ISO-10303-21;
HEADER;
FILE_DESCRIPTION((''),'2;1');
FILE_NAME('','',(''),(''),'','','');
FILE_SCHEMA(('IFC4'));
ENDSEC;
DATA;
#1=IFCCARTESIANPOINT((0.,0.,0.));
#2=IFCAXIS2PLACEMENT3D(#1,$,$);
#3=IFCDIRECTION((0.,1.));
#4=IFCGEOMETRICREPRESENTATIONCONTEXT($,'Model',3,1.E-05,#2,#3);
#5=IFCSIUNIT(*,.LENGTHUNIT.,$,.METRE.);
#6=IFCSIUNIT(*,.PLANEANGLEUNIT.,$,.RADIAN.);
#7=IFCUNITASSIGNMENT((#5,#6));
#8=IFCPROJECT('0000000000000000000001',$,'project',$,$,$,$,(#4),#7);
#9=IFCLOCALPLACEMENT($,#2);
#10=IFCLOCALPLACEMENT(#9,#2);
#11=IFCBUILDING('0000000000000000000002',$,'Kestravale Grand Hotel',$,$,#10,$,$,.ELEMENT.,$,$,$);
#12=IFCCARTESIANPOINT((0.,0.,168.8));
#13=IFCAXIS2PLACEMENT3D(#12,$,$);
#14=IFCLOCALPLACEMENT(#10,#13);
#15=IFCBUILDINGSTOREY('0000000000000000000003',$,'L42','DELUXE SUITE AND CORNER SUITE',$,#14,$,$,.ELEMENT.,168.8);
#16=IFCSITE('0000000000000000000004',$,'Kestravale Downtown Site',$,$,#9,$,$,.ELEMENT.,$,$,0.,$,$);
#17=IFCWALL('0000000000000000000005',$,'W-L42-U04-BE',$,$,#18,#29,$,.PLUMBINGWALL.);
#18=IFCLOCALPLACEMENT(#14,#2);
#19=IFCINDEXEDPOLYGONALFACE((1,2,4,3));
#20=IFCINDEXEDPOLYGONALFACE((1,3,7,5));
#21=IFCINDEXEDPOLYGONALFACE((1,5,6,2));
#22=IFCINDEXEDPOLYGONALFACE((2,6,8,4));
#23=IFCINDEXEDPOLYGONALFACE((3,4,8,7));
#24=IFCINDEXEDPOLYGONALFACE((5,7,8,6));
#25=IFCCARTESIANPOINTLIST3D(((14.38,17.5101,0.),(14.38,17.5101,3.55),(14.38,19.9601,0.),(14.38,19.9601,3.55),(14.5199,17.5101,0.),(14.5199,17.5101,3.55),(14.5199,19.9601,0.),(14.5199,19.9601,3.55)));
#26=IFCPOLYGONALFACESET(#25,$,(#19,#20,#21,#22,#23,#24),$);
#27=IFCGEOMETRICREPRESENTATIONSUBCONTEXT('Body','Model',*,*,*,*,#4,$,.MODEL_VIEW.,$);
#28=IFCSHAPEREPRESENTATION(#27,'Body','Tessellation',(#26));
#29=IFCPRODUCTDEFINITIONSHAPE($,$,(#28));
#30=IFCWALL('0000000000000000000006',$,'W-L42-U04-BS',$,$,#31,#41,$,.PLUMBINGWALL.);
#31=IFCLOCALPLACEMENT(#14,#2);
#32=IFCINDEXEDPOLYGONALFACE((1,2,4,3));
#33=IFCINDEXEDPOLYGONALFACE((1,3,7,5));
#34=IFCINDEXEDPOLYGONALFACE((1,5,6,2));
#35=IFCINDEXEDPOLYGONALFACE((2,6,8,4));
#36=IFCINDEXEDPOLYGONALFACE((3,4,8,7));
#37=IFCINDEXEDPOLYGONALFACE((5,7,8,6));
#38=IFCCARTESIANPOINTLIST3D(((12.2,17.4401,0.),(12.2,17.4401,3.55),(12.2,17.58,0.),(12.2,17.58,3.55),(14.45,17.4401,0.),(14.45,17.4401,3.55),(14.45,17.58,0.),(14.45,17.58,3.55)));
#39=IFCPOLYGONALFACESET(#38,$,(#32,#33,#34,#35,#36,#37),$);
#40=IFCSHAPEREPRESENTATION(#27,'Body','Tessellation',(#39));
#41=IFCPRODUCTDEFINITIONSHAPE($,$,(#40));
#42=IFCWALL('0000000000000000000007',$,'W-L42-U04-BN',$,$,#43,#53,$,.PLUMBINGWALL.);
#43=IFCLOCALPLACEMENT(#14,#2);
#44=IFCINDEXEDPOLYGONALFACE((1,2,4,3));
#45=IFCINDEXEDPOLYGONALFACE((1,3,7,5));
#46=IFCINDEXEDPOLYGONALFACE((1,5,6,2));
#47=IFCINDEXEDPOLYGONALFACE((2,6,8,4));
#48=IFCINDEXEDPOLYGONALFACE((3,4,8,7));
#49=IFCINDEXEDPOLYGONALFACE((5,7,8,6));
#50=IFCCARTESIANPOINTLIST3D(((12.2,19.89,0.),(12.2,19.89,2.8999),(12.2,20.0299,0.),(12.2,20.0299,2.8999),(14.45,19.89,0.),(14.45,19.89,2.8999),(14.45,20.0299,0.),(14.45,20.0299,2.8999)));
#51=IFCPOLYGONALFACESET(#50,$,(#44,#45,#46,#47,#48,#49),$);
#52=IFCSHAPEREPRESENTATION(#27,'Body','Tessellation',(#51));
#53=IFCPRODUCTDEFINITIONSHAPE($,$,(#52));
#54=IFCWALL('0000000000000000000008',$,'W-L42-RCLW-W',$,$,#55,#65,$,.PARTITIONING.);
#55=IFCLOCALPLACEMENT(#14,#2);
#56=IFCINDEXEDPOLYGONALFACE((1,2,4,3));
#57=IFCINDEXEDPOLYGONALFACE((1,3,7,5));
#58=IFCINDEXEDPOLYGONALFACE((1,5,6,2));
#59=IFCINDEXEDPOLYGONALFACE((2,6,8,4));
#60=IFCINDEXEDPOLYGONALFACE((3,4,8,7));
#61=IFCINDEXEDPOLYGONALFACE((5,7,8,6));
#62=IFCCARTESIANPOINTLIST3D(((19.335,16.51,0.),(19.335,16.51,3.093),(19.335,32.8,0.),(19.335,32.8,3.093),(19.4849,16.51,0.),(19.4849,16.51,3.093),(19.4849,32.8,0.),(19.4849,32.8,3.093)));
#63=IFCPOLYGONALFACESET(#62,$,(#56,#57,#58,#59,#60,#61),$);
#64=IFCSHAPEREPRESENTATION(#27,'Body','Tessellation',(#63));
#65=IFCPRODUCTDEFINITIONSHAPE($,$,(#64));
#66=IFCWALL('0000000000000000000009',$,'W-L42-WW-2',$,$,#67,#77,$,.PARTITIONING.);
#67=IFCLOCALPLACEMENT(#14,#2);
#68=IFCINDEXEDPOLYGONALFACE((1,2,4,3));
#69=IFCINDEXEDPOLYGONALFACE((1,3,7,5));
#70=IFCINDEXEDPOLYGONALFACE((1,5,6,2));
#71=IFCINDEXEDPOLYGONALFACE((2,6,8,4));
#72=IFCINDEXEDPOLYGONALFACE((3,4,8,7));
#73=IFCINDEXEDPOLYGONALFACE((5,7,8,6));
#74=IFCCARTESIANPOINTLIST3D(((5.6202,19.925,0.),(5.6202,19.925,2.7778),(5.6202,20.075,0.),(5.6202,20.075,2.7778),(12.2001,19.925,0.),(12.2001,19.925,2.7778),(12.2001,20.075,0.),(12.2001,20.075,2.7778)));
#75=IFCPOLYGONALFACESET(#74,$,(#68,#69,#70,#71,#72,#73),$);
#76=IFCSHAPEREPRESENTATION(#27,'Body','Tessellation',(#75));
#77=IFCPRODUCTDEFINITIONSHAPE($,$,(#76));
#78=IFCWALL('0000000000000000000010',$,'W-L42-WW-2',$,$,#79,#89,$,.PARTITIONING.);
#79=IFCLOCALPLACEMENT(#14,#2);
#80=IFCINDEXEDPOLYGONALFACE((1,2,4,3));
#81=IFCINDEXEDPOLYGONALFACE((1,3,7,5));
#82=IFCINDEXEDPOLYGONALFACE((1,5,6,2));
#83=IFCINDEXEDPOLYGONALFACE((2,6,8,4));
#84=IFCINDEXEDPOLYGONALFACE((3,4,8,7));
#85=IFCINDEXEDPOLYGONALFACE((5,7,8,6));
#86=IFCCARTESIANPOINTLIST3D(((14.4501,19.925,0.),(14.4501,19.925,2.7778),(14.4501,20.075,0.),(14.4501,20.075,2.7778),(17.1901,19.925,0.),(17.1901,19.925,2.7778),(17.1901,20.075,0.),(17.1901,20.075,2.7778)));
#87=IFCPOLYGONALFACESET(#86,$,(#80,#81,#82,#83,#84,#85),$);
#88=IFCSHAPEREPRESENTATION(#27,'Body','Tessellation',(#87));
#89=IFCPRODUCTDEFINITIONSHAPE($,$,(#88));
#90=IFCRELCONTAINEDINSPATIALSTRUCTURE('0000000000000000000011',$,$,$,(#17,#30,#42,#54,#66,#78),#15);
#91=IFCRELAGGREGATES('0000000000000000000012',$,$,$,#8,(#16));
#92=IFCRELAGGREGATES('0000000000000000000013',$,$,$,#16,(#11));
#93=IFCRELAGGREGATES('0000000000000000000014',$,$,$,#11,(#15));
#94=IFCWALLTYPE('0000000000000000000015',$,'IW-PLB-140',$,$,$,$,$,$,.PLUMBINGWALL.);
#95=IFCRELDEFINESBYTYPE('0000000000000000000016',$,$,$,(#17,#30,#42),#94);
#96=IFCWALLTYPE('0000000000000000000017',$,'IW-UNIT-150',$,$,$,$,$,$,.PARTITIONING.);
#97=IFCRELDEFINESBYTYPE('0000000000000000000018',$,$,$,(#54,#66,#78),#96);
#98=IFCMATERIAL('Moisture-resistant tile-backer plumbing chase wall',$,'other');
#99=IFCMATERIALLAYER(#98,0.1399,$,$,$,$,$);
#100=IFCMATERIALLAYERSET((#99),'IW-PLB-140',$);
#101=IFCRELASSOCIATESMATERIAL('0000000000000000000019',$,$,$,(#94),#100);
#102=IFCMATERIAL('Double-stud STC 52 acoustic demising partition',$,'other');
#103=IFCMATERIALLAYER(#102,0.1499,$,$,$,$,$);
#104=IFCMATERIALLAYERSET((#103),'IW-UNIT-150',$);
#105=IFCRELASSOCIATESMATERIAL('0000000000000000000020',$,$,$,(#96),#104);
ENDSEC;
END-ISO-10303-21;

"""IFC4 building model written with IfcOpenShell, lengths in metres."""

from ifc_helpers import new_model, si_unit, direction, frame, frame_2d, origin, place, context, subcontext, project, spatial, rectangle, extrude, material, layer, layer_set, type_object, element, save


model = new_model("IFC4")

# Units and contexts
model_context = context("Model", 3, precision=1e-05, world=origin(), true_north=direction((0.0, 1.0)))
body_context = subcontext(model_context, "Body", "Model", "MODEL_VIEW")
ifc_project = project(units=[si_unit("LENGTHUNIT", "METRE"), si_unit("PLANEANGLEUNIT", "RADIAN")], contexts=[model_context])

# Site, building, storey
site_placement = place(None, origin())
site = spatial("IfcSite", under=ifc_project, at=site_placement, Name="Kestravale Downtown Site", CompositionType="ELEMENT", RefElevation=0.0)
building_placement = place(site_placement, origin())
building = spatial("IfcBuilding", under=site, at=building_placement, Name="Kestravale Grand Hotel", CompositionType="ELEMENT")
storey_placement = place(building_placement, frame((0.0, 0.0, 168.8)))
storey = spatial("IfcBuildingStorey", under=building, at=storey_placement, Name="L42", Description="DELUXE SUITE AND CORNER SUITE", CompositionType="ELEMENT", Elevation=168.8)

# Shared definitions
ifc_material_1 = material(Name="Moisture-resistant tile-backer plumbing chase wall", Category="other")
ifc_layer_1 = layer(ifc_material_1, 0.1399)
ifc_layer_set_1 = layer_set([ifc_layer_1], Name="IW-PLB-140")
wall_type_1 = type_object("IfcWallType", Name="IW-PLB-140", PredefinedType="PLUMBINGWALL", material=ifc_layer_set_1)

# Walls
wall_1_placement = place(storey_placement, frame((14.45, 17.51, 0.0), z_axis=(0.0, 0.0, 1.0), x_axis=(0.0, 1.0, 0.0)))
element("IfcWall", 1, at=wall_1_placement, inside=storey, type_object=wall_type_1, Name="W-L42-U04-BE", PredefinedType="PLUMBINGWALL", context=body_context, shape_type="SweptSolid", body=[
    extrude(rectangle(XDim=2.45, YDim=0.1399, at=frame_2d((1.2251, 0.0))), origin(), (0.0, 0.0, 1.0), 3.55),
])
wall_2_placement = place(storey_placement, frame((12.2, 17.51, 0.0), z_axis=(0.0, 0.0, 1.0), x_axis=(1.0, 0.0, 0.0)))
element("IfcWall", 2, at=wall_2_placement, inside=storey, type_object=wall_type_1, Name="W-L42-U04-BS", PredefinedType="PLUMBINGWALL", context=body_context, shape_type="SweptSolid", body=[
    extrude(rectangle(XDim=2.25, YDim=0.1399, at=frame_2d((1.125, 0.0))), origin(), (0.0, 0.0, 1.0), 3.55),
])
wall_3_placement = place(storey_placement, frame((12.2, 19.96, 0.0), z_axis=(0.0, 0.0, 1.0), x_axis=(1.0, 0.0, 0.0)))
element("IfcWall", 3, at=wall_3_placement, inside=storey, type_object=wall_type_1, Name="W-L42-U04-BN", PredefinedType="PLUMBINGWALL", context=body_context, shape_type="SweptSolid", body=[
    extrude(rectangle(XDim=2.25, YDim=0.1399, at=frame_2d((1.125, 0.0))), origin(), (0.0, 0.0, 1.0), 2.8999),
])
ifc_material_2 = material(Name="Double-stud STC 52 acoustic demising partition", Category="other")
ifc_layer_2 = layer(ifc_material_2, 0.1499)
ifc_layer_set_2 = layer_set([ifc_layer_2], Name="IW-UNIT-150")
wall_type_2 = type_object("IfcWallType", Name="IW-UNIT-150", PredefinedType="PARTITIONING", material=ifc_layer_set_2)
wall_4_placement = place(storey_placement, frame((19.4099, 16.51, 0.0), z_axis=(0.0, 0.0, 1.0), x_axis=(0.0, 1.0, 0.0)))
element("IfcWall", 4, at=wall_4_placement, inside=storey, type_object=wall_type_2, Name="W-L42-RCLW-W", PredefinedType="PARTITIONING", context=body_context, shape_type="SweptSolid", body=[
    extrude(rectangle(XDim=16.29, YDim=0.1499, at=frame_2d((8.145, 0.0))), origin(), (0.0, 0.0, 1.0), 3.093),
])
wall_5_placement = place(storey_placement, frame((5.6201, 20.0, 0.0), z_axis=(0.0, 0.0, 1.0), x_axis=(1.0, 0.0, 0.0)))
element("IfcWall", 5, at=wall_5_placement, inside=storey, type_object=wall_type_2, Name="W-L42-WW-2", PredefinedType="PARTITIONING", context=body_context, shape_type="SweptSolid", body=[
    extrude(rectangle(XDim=6.5798, YDim=0.1499, at=frame_2d((3.29, 0.0))), origin(), (0.0, 0.0, 1.0), 2.7778),
])
wall_6_placement = place(storey_placement, frame((14.45, 20.0, 0.0), z_axis=(0.0, 0.0, 1.0), x_axis=(1.0, 0.0, 0.0)))
element("IfcWall", 6, at=wall_6_placement, inside=storey, type_object=wall_type_2, Name="W-L42-WW-2", PredefinedType="PARTITIONING", context=body_context, shape_type="SweptSolid", body=[
    extrude(rectangle(XDim=2.74, YDim=0.1499, at=frame_2d((1.3701, 0.0))), origin(), (0.0, 0.0, 1.0), 2.7778),
])

save(model, "model.ifc")
